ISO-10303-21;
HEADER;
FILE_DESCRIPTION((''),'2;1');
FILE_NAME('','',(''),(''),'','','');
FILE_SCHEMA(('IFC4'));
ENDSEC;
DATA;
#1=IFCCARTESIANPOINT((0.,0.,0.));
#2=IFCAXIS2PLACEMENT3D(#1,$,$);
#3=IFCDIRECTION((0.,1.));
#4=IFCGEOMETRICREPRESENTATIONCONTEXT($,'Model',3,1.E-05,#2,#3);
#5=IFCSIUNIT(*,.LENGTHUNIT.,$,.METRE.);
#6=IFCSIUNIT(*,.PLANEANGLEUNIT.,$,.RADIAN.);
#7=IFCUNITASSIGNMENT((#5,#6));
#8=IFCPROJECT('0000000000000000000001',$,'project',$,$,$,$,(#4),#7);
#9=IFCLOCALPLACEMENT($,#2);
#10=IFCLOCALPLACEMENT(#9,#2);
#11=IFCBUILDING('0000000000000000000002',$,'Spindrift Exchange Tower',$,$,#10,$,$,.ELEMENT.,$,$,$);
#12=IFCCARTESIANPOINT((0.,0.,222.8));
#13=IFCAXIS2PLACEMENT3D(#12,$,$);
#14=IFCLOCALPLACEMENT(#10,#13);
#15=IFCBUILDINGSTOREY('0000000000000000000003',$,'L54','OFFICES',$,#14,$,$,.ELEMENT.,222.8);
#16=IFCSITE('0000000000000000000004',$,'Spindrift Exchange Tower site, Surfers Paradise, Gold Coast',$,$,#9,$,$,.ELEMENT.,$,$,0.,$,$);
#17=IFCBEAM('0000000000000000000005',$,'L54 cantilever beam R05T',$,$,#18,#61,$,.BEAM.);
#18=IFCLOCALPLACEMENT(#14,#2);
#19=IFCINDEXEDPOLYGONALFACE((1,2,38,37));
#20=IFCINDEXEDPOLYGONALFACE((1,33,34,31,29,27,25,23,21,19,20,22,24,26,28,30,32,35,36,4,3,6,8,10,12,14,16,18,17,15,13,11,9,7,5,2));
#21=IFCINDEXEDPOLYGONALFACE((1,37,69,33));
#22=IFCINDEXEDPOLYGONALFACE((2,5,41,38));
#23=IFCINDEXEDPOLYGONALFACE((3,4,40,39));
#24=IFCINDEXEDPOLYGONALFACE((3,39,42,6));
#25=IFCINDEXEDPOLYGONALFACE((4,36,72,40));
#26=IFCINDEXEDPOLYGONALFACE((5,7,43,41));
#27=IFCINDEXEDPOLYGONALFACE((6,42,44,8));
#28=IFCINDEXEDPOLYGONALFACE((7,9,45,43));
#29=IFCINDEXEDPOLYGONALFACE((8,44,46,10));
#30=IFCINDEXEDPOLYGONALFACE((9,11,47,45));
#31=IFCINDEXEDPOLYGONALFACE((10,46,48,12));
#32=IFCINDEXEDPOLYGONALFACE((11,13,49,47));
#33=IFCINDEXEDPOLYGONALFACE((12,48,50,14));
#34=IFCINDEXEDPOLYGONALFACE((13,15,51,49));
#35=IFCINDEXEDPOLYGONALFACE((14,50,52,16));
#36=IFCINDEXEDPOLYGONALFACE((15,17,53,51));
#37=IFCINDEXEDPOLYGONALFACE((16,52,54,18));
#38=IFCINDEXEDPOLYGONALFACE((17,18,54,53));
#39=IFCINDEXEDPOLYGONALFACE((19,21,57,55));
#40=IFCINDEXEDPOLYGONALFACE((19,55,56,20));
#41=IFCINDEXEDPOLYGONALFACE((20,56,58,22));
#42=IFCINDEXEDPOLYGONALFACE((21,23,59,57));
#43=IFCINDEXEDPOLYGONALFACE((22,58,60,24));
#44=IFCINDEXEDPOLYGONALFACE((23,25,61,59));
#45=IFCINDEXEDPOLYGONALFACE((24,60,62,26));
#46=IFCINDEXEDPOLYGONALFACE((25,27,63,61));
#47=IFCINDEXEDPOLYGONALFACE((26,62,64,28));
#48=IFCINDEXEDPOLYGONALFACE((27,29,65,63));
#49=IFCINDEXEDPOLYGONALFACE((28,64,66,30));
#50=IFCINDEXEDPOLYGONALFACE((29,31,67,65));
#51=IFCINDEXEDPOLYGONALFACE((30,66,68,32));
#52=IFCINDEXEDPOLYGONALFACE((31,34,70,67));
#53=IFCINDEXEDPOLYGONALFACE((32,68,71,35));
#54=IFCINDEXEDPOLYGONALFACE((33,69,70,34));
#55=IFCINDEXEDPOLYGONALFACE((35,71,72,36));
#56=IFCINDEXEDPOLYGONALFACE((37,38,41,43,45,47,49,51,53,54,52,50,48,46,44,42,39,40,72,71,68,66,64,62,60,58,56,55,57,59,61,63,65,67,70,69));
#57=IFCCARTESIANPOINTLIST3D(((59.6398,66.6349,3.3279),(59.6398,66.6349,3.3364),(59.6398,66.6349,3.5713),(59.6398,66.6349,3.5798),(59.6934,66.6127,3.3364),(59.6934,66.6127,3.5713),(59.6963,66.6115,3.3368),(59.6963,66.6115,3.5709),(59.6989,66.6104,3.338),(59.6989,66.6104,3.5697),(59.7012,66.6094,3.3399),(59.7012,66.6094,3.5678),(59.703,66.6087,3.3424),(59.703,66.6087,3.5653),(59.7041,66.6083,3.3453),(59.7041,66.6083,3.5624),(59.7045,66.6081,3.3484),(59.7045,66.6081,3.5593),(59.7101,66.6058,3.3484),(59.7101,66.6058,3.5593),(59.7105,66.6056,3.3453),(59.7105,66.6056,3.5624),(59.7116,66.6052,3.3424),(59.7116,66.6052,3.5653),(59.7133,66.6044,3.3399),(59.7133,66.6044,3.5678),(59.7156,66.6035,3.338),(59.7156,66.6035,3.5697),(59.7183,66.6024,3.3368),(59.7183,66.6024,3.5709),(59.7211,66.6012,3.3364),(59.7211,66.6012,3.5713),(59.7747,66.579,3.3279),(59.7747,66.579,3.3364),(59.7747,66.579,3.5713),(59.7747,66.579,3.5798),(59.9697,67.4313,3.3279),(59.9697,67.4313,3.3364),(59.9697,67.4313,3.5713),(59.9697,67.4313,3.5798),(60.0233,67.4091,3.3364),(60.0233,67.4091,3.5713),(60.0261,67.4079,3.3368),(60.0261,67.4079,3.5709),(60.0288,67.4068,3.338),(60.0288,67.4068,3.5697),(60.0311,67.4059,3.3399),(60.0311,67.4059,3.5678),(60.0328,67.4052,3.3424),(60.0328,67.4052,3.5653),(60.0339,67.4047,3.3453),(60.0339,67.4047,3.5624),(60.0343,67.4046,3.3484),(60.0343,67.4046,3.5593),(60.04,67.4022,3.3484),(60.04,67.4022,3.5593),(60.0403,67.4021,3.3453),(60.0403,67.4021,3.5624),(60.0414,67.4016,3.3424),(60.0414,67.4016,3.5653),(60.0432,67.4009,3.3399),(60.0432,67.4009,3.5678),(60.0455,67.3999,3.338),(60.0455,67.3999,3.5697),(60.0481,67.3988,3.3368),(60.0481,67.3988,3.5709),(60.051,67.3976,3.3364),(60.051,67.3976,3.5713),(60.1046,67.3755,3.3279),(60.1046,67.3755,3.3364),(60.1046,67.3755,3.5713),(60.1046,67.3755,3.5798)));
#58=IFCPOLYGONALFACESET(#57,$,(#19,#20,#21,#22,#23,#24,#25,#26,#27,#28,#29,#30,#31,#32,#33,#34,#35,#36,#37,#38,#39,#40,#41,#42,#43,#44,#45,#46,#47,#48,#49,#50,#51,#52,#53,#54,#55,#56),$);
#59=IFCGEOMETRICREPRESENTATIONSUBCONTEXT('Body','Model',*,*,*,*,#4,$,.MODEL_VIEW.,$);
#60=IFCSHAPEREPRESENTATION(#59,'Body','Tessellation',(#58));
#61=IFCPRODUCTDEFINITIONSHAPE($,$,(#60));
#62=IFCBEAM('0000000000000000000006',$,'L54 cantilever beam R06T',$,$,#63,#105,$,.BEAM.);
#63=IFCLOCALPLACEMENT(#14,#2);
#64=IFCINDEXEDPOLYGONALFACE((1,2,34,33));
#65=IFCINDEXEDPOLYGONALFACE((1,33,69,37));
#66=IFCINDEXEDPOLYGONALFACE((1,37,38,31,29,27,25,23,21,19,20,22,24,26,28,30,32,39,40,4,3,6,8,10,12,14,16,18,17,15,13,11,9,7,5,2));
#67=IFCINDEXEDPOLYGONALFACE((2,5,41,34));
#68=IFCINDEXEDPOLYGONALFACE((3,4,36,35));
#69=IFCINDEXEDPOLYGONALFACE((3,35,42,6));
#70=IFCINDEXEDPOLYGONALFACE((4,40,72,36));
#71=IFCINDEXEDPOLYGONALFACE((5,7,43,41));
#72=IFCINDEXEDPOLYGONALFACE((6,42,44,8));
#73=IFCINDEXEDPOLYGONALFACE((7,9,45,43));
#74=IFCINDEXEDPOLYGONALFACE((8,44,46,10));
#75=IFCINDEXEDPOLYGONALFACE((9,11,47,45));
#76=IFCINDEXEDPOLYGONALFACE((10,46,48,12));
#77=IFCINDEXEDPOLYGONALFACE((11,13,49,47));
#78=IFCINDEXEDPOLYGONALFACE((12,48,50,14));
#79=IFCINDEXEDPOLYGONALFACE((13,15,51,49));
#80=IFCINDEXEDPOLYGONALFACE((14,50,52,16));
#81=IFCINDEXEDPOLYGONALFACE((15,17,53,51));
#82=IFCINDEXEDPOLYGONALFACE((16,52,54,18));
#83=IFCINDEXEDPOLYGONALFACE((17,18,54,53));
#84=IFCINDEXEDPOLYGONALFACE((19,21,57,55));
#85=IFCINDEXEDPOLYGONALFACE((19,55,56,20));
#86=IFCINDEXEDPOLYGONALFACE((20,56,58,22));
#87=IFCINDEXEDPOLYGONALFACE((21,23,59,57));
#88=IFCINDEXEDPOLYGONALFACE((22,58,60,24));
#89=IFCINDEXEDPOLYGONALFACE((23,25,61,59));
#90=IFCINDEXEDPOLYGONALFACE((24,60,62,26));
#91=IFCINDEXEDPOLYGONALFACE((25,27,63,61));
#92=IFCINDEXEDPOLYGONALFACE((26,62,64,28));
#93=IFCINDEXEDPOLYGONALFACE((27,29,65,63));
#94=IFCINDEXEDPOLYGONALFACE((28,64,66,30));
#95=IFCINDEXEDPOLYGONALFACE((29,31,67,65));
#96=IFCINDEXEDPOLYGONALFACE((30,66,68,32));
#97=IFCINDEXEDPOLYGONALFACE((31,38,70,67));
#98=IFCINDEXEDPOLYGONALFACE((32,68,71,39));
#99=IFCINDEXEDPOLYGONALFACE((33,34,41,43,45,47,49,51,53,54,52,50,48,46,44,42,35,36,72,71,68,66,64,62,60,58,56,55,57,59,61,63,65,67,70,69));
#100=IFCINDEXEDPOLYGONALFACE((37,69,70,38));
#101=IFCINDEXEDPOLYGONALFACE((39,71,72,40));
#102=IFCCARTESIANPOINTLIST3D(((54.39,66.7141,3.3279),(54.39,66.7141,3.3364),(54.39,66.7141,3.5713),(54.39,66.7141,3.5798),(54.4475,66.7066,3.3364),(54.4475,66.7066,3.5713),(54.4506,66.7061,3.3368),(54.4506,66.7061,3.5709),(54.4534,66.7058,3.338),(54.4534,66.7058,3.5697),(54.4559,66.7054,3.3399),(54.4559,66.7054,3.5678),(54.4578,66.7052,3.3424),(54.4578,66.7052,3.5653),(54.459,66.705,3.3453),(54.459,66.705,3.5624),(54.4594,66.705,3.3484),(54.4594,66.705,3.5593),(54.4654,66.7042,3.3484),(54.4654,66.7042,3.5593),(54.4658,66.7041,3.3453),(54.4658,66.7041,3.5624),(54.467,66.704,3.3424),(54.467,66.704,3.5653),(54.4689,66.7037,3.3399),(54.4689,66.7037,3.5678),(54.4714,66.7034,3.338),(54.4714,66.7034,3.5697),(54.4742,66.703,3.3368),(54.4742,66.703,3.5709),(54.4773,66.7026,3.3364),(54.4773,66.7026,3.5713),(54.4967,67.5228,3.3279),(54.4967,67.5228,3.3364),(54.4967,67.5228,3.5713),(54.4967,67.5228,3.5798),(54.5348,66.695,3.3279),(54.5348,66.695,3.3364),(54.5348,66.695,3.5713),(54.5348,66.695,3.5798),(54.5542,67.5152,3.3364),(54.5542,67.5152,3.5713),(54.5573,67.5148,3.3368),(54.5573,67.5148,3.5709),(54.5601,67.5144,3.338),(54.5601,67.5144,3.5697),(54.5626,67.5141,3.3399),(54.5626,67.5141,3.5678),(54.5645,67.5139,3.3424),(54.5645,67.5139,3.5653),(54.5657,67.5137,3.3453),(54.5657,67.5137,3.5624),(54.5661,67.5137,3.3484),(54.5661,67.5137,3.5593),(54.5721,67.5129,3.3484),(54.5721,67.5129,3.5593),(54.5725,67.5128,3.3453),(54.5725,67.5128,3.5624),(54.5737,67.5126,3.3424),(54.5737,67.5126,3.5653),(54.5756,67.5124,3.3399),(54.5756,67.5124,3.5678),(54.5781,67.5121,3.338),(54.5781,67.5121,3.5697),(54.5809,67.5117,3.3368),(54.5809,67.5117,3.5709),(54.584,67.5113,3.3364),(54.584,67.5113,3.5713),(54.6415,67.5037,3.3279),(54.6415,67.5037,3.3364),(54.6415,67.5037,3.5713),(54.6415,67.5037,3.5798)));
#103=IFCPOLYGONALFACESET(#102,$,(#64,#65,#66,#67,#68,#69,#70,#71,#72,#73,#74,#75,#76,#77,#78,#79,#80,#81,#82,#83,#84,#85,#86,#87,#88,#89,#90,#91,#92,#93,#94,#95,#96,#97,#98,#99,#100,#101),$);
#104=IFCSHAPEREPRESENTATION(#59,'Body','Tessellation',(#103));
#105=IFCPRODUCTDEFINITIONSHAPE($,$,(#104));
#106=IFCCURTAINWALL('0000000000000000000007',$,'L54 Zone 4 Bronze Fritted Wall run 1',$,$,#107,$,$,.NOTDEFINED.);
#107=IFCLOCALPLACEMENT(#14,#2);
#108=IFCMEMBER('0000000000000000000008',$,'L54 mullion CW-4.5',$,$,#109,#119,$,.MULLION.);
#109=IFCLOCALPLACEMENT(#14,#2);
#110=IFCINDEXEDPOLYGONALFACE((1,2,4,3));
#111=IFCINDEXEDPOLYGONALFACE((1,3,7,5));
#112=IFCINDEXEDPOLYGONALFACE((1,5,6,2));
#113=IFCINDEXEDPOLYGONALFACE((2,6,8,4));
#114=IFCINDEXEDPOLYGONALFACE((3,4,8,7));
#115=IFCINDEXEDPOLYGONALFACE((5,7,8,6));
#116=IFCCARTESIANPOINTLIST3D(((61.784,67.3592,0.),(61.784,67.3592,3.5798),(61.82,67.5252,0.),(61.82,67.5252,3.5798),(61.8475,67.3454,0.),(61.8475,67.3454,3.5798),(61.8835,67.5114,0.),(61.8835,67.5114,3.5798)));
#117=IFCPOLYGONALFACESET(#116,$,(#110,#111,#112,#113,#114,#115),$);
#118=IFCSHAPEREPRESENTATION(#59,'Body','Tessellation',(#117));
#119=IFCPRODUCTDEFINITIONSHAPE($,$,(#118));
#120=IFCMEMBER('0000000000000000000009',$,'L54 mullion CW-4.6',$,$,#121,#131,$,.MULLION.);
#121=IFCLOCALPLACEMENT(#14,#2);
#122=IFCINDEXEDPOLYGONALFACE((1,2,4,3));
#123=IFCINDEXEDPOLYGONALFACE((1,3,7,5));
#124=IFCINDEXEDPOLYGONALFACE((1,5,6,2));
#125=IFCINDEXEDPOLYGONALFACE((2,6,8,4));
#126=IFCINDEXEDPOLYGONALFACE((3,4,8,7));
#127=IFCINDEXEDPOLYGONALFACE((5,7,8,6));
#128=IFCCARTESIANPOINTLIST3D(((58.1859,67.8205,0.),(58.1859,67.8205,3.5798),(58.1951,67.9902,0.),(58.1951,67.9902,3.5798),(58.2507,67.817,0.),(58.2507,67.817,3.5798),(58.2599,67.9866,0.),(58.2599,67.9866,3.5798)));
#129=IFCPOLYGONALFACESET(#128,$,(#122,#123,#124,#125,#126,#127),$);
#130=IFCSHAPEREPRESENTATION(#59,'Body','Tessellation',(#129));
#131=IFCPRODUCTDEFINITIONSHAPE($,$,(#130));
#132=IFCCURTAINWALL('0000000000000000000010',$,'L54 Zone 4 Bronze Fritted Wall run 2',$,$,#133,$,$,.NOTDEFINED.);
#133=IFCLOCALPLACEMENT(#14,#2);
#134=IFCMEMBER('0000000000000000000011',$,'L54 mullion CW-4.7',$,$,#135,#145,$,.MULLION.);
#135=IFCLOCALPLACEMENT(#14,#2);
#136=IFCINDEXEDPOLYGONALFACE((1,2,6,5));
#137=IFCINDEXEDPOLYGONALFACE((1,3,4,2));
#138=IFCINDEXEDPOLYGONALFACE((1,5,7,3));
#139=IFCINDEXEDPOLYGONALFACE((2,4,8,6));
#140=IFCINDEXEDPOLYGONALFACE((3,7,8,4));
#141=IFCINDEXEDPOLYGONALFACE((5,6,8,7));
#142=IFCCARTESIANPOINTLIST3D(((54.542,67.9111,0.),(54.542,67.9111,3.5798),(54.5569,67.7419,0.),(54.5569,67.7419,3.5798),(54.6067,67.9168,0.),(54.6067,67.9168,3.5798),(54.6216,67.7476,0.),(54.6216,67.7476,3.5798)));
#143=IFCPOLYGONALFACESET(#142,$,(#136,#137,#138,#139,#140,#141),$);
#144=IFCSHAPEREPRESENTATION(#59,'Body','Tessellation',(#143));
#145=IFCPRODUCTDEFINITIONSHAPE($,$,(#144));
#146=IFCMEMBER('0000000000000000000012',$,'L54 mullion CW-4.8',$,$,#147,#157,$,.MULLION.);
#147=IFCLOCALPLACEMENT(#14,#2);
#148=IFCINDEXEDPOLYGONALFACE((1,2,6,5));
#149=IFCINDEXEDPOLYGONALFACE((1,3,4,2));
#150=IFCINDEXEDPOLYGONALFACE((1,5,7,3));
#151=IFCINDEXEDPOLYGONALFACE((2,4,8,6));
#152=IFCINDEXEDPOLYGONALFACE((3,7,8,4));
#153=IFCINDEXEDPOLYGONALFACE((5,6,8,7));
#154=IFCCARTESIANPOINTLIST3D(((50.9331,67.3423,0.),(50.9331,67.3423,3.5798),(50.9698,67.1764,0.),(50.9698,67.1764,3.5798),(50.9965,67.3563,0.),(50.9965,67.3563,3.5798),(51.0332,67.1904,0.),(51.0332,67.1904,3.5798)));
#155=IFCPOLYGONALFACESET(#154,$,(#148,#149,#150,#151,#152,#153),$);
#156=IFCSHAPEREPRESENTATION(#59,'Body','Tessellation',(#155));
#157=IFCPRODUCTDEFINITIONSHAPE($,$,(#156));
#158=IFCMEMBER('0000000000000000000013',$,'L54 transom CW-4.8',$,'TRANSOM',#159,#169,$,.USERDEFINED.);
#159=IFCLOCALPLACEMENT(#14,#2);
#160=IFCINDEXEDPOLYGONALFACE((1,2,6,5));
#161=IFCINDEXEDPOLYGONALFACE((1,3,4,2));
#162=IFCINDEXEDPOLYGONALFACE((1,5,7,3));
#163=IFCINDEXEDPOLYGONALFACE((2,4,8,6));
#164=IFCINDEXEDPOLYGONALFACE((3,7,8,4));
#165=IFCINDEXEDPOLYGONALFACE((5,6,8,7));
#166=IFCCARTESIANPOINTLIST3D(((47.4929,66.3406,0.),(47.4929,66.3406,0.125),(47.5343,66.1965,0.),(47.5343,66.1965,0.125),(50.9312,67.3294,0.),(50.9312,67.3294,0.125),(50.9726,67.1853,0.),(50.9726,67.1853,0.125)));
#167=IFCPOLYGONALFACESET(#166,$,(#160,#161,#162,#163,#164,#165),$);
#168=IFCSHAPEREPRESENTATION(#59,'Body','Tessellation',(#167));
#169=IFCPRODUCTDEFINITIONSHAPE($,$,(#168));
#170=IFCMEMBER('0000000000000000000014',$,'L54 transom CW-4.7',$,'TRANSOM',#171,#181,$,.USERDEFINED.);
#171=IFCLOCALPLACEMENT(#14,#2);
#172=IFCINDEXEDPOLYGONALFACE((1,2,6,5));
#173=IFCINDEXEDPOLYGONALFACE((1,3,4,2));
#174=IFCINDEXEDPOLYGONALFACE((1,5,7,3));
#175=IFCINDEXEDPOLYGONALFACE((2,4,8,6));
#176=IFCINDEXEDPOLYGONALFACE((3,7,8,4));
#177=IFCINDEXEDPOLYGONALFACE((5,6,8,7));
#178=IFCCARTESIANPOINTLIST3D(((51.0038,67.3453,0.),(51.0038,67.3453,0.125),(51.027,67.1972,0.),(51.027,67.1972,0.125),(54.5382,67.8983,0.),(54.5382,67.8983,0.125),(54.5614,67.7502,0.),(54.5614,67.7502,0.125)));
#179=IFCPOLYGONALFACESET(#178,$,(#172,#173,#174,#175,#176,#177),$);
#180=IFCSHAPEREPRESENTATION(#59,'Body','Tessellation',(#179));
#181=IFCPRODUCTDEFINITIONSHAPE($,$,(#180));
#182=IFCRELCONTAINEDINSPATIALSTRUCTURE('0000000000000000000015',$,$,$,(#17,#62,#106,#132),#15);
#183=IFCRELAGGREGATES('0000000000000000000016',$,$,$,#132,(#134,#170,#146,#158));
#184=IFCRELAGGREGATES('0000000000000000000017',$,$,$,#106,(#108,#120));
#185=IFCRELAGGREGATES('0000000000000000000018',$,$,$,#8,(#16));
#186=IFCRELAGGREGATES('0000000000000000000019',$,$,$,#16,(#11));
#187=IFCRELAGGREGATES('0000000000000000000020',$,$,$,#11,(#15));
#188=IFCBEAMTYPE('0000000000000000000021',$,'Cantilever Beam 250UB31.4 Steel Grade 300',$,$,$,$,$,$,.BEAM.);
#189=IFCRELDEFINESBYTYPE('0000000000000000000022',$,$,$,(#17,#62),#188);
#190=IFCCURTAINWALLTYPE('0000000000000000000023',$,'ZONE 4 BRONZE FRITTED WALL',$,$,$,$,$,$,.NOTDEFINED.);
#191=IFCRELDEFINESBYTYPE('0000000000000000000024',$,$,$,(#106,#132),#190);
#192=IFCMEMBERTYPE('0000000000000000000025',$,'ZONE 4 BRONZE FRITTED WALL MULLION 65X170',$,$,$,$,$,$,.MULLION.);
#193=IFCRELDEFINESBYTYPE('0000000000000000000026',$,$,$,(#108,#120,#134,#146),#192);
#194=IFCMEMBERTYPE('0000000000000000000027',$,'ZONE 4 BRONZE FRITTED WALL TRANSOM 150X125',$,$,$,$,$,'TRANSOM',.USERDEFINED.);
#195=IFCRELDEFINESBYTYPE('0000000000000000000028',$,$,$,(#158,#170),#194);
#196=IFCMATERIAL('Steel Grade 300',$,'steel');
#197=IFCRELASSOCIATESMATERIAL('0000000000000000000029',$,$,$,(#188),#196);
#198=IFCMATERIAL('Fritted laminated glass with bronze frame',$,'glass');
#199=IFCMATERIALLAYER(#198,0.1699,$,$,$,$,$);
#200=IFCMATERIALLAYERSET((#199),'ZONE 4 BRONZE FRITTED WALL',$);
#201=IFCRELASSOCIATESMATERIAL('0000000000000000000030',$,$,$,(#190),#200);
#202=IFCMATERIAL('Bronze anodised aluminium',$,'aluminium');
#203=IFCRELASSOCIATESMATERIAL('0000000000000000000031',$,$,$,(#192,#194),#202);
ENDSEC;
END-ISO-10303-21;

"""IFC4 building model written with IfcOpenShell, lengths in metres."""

from ifc_helpers import new_model, si_unit, direction, frame, origin, origin_2d, place, context, subcontext, project, spatial, rectangle, i_section, extrude, source, transform, mapped, material, layer, layer_set, material_profile, profile_set, type_object, element, aggregate, save


model = new_model("IFC4")

# Units and contexts
model_context = context("Model", 3, precision=1e-05, world=origin(), true_north=direction((0.0, 1.0)))
body_context = subcontext(model_context, "Body", "Model", "MODEL_VIEW")
ifc_project = project(units=[si_unit("LENGTHUNIT", "METRE"), si_unit("PLANEANGLEUNIT", "RADIAN")], contexts=[model_context])

# Site, building, storey
site_placement = place(None, origin())
site = spatial("IfcSite", under=ifc_project, at=site_placement, Name="Spindrift Exchange Tower site, Surfers Paradise, Gold Coast", CompositionType="ELEMENT", RefElevation=0.0)
building_placement = place(site_placement, origin())
building = spatial("IfcBuilding", under=site, at=building_placement, Name="Spindrift Exchange Tower", CompositionType="ELEMENT")
storey_placement = place(building_placement, frame((0.0, 0.0, 222.8)))
storey = spatial("IfcBuildingStorey", under=building, at=storey_placement, Name="L54", Description="OFFICES", CompositionType="ELEMENT", Elevation=222.8)

# Beams
ifc_material_1 = material(Name="Steel Grade 300", Category="steel")
ifc_material_profile_1 = material_profile(ifc_material_1, i_section(OverallWidth=0.146, OverallDepth=0.252, WebThickness=0.0061, FlangeThickness=0.0085, FilletRadius=0.012, at=origin_2d()), Name="250UB31.4")
ifc_profile_set_1 = profile_set([ifc_material_profile_1], Name="Steel Grade 300")
beam_type_1 = type_object("IfcBeamType", Name="Cantilever Beam 250UB31.4 Steel Grade 300", PredefinedType="BEAM", material=ifc_profile_set_1)
shared_shape_1 = source(origin(), body_context, "Body", "SweptSolid", [
    extrude(i_section(OverallWidth=0.146, OverallDepth=0.252, WebThickness=0.0061, FlangeThickness=0.0085, FilletRadius=0.012, at=origin_2d()), origin(), (0.0, 0.0, 1.0), 0.8621),
])
beam_1_placement = place(storey_placement, frame((59.7073, 66.6069, 3.4539), z_axis=(0.382644, 0.923896, 0.0), x_axis=(-0.923896, 0.382644, 0.0)))
element("IfcBeam", 1, at=beam_1_placement, inside=storey, type_object=beam_type_1, Name="L54 cantilever beam R05T", PredefinedType="BEAM", context=body_context, shape_type="MappedRepresentation", body=[
    mapped(shared_shape_1, transform((0.0, 0.0, 0.0), scale=1.0)),
])
shared_shape_2 = source(origin(), body_context, "Body", "SweptSolid", [
    extrude(i_section(OverallWidth=0.146, OverallDepth=0.252, WebThickness=0.0061, FlangeThickness=0.0085, FilletRadius=0.012, at=origin_2d()), origin(), (0.0, 0.0, 1.0), 0.8157),
])
beam_2_placement = place(storey_placement, frame((54.4624, 66.7046, 3.4539), z_axis=(0.130811, 0.991407, 0.0), x_axis=(-0.991407, 0.130811, 0.0)))
element("IfcBeam", 2, at=beam_2_placement, inside=storey, type_object=beam_type_1, Name="L54 cantilever beam R06T", PredefinedType="BEAM", context=body_context, shape_type="MappedRepresentation", body=[
    mapped(shared_shape_2, transform((0.0, 0.0, 0.0), scale=1.0)),
])

# Curtain walls, members
ifc_material_2 = material(Name="Fritted laminated glass with bronze frame", Category="glass")
ifc_layer_1 = layer(ifc_material_2, 0.1699)
ifc_layer_set_1 = layer_set([ifc_layer_1], Name="ZONE 4 BRONZE FRITTED WALL")
curtain_wall_type = type_object("IfcCurtainWallType", Name="ZONE 4 BRONZE FRITTED WALL", PredefinedType="NOTDEFINED", material=ifc_layer_set_1)
curtain_wall_1_placement = place(storey_placement, origin())
curtain_wall_1 = element("IfcCurtainWall", 3, at=curtain_wall_1_placement, inside=storey, type_object=curtain_wall_type, Name="L54 Zone 4 Bronze Fritted Wall run 1", PredefinedType="NOTDEFINED")
ifc_material_3 = material(Name="Bronze anodised aluminium", Category="aluminium")
ifc_material_profile_2 = material_profile(ifc_material_3, rectangle(XDim=0.0649, YDim=0.1699, at=origin_2d()), Name="ZONE 4 BRONZE FRITTED WALL MULLION 65X170")
ifc_profile_set_2 = profile_set([ifc_material_profile_2], Name="Bronze anodised aluminium")
member_type_1 = type_object("IfcMemberType", Name="ZONE 4 BRONZE FRITTED WALL MULLION 65X170", PredefinedType="MULLION", material=ifc_profile_set_2)
shared_shape_3 = source(origin(), body_context, "Body", "SweptSolid", [
    extrude(rectangle(XDim=0.0649, YDim=0.1699, at=origin_2d()), origin(), (0.0, 0.0, 1.0), 3.5798),
])
member_1_placement = place(storey_placement, frame((61.8337, 67.4353, 0.0), z_axis=(0.0, 0.0, 1.0), x_axis=(-0.977268, 0.212008, 0.0)))
member_1 = element("IfcMember", 4, at=member_1_placement, type_object=member_type_1, Name="L54 mullion CW-4.5", PredefinedType="MULLION", context=body_context, shape_type="MappedRepresentation", body=[
    mapped(shared_shape_3, transform((0.0, 0.0, 0.0), scale=1.0)),
])
member_2_placement = place(storey_placement, frame((58.2229, 67.9036, 0.0), z_axis=(0.0, 0.0, 1.0), x_axis=(-0.998526, 0.054273, 0.0)))
member_2 = element("IfcMember", 5, at=member_2_placement, type_object=member_type_1, Name="L54 mullion CW-4.6", PredefinedType="MULLION", context=body_context, shape_type="MappedRepresentation", body=[
    mapped(shared_shape_3, transform((0.0, 0.0, 0.0), scale=1.0)),
])
curtain_wall_2_placement = place(storey_placement, origin())
curtain_wall_2 = element("IfcCurtainWall", 6, at=curtain_wall_2_placement, inside=storey, type_object=curtain_wall_type, Name="L54 Zone 4 Bronze Fritted Wall run 2", PredefinedType="NOTDEFINED")
member_3_placement = place(storey_placement, frame((54.5818, 67.8293, 0.0), z_axis=(0.0, 0.0, 1.0), x_axis=(-0.996148, -0.087685, 0.0)))
member_3 = element("IfcMember", 7, at=member_3_placement, type_object=member_type_1, Name="L54 mullion CW-4.7", PredefinedType="MULLION", context=body_context, shape_type="MappedRepresentation", body=[
    mapped(shared_shape_3, transform((0.0, 0.0, 0.0), scale=1.0)),
])
member_4_placement = place(storey_placement, frame((50.9832, 67.2664, 0.0), z_axis=(0.0, 0.0, 1.0), x_axis=(-0.976416, -0.2159, 0.0)))
member_4 = element("IfcMember", 8, at=member_4_placement, type_object=member_type_1, Name="L54 mullion CW-4.8", PredefinedType="MULLION", context=body_context, shape_type="MappedRepresentation", body=[
    mapped(shared_shape_3, transform((0.0, 0.0, 0.0), scale=1.0)),
])
ifc_material_profile_3 = material_profile(ifc_material_3, rectangle(XDim=0.1499, YDim=0.125, at=origin_2d()), Name="ZONE 4 BRONZE FRITTED WALL TRANSOM 150X125")
ifc_profile_set_3 = profile_set([ifc_material_profile_3], Name="Bronze anodised aluminium")
member_type_2 = type_object("IfcMemberType", Name="ZONE 4 BRONZE FRITTED WALL TRANSOM 150X125", ElementType="TRANSOM", PredefinedType="USERDEFINED", material=ifc_profile_set_3)
shared_shape_4 = source(origin(), body_context, "Body", "SweptSolid", [
    extrude(rectangle(XDim=0.1499, YDim=0.125, at=origin_2d()), origin(), (0.0, 0.0, 1.0), 3.5776),
])
member_5_placement = place(storey_placement, frame((50.9519, 67.2573, 0.0625), z_axis=(-0.961049, -0.276379, 0.0), x_axis=(0.276379, -0.961049, 0.0)))
member_5 = element("IfcMember", 9, at=member_5_placement, type_object=member_type_2, Name="L54 transom CW-4.8", ObjectType="TRANSOM", PredefinedType="USERDEFINED", context=body_context, shape_type="MappedRepresentation", body=[
    mapped(shared_shape_4, transform((0.0, 0.0, 0.0), scale=1.0)),
])
shared_shape_5 = source(origin(), body_context, "Body", "SweptSolid", [
    extrude(rectangle(XDim=0.1499, YDim=0.125, at=origin_2d()), origin(), (0.0, 0.0, 1.0), 3.5774),
])
member_6_placement = place(storey_placement, frame((54.5498, 67.8242, 0.0625), z_axis=(-0.987981, -0.154575, 0.0), x_axis=(0.154575, -0.987981, 0.0)))
member_6 = element("IfcMember", 10, at=member_6_placement, type_object=member_type_2, Name="L54 transom CW-4.7", ObjectType="TRANSOM", PredefinedType="USERDEFINED", context=body_context, shape_type="MappedRepresentation", body=[
    mapped(shared_shape_5, transform((0.0, 0.0, 0.0), scale=1.0)),
])

aggregate(curtain_wall_2, [member_3, member_6, member_4, member_5])
aggregate(curtain_wall_1, [member_1, member_2])

save(model, "model.ifc")
